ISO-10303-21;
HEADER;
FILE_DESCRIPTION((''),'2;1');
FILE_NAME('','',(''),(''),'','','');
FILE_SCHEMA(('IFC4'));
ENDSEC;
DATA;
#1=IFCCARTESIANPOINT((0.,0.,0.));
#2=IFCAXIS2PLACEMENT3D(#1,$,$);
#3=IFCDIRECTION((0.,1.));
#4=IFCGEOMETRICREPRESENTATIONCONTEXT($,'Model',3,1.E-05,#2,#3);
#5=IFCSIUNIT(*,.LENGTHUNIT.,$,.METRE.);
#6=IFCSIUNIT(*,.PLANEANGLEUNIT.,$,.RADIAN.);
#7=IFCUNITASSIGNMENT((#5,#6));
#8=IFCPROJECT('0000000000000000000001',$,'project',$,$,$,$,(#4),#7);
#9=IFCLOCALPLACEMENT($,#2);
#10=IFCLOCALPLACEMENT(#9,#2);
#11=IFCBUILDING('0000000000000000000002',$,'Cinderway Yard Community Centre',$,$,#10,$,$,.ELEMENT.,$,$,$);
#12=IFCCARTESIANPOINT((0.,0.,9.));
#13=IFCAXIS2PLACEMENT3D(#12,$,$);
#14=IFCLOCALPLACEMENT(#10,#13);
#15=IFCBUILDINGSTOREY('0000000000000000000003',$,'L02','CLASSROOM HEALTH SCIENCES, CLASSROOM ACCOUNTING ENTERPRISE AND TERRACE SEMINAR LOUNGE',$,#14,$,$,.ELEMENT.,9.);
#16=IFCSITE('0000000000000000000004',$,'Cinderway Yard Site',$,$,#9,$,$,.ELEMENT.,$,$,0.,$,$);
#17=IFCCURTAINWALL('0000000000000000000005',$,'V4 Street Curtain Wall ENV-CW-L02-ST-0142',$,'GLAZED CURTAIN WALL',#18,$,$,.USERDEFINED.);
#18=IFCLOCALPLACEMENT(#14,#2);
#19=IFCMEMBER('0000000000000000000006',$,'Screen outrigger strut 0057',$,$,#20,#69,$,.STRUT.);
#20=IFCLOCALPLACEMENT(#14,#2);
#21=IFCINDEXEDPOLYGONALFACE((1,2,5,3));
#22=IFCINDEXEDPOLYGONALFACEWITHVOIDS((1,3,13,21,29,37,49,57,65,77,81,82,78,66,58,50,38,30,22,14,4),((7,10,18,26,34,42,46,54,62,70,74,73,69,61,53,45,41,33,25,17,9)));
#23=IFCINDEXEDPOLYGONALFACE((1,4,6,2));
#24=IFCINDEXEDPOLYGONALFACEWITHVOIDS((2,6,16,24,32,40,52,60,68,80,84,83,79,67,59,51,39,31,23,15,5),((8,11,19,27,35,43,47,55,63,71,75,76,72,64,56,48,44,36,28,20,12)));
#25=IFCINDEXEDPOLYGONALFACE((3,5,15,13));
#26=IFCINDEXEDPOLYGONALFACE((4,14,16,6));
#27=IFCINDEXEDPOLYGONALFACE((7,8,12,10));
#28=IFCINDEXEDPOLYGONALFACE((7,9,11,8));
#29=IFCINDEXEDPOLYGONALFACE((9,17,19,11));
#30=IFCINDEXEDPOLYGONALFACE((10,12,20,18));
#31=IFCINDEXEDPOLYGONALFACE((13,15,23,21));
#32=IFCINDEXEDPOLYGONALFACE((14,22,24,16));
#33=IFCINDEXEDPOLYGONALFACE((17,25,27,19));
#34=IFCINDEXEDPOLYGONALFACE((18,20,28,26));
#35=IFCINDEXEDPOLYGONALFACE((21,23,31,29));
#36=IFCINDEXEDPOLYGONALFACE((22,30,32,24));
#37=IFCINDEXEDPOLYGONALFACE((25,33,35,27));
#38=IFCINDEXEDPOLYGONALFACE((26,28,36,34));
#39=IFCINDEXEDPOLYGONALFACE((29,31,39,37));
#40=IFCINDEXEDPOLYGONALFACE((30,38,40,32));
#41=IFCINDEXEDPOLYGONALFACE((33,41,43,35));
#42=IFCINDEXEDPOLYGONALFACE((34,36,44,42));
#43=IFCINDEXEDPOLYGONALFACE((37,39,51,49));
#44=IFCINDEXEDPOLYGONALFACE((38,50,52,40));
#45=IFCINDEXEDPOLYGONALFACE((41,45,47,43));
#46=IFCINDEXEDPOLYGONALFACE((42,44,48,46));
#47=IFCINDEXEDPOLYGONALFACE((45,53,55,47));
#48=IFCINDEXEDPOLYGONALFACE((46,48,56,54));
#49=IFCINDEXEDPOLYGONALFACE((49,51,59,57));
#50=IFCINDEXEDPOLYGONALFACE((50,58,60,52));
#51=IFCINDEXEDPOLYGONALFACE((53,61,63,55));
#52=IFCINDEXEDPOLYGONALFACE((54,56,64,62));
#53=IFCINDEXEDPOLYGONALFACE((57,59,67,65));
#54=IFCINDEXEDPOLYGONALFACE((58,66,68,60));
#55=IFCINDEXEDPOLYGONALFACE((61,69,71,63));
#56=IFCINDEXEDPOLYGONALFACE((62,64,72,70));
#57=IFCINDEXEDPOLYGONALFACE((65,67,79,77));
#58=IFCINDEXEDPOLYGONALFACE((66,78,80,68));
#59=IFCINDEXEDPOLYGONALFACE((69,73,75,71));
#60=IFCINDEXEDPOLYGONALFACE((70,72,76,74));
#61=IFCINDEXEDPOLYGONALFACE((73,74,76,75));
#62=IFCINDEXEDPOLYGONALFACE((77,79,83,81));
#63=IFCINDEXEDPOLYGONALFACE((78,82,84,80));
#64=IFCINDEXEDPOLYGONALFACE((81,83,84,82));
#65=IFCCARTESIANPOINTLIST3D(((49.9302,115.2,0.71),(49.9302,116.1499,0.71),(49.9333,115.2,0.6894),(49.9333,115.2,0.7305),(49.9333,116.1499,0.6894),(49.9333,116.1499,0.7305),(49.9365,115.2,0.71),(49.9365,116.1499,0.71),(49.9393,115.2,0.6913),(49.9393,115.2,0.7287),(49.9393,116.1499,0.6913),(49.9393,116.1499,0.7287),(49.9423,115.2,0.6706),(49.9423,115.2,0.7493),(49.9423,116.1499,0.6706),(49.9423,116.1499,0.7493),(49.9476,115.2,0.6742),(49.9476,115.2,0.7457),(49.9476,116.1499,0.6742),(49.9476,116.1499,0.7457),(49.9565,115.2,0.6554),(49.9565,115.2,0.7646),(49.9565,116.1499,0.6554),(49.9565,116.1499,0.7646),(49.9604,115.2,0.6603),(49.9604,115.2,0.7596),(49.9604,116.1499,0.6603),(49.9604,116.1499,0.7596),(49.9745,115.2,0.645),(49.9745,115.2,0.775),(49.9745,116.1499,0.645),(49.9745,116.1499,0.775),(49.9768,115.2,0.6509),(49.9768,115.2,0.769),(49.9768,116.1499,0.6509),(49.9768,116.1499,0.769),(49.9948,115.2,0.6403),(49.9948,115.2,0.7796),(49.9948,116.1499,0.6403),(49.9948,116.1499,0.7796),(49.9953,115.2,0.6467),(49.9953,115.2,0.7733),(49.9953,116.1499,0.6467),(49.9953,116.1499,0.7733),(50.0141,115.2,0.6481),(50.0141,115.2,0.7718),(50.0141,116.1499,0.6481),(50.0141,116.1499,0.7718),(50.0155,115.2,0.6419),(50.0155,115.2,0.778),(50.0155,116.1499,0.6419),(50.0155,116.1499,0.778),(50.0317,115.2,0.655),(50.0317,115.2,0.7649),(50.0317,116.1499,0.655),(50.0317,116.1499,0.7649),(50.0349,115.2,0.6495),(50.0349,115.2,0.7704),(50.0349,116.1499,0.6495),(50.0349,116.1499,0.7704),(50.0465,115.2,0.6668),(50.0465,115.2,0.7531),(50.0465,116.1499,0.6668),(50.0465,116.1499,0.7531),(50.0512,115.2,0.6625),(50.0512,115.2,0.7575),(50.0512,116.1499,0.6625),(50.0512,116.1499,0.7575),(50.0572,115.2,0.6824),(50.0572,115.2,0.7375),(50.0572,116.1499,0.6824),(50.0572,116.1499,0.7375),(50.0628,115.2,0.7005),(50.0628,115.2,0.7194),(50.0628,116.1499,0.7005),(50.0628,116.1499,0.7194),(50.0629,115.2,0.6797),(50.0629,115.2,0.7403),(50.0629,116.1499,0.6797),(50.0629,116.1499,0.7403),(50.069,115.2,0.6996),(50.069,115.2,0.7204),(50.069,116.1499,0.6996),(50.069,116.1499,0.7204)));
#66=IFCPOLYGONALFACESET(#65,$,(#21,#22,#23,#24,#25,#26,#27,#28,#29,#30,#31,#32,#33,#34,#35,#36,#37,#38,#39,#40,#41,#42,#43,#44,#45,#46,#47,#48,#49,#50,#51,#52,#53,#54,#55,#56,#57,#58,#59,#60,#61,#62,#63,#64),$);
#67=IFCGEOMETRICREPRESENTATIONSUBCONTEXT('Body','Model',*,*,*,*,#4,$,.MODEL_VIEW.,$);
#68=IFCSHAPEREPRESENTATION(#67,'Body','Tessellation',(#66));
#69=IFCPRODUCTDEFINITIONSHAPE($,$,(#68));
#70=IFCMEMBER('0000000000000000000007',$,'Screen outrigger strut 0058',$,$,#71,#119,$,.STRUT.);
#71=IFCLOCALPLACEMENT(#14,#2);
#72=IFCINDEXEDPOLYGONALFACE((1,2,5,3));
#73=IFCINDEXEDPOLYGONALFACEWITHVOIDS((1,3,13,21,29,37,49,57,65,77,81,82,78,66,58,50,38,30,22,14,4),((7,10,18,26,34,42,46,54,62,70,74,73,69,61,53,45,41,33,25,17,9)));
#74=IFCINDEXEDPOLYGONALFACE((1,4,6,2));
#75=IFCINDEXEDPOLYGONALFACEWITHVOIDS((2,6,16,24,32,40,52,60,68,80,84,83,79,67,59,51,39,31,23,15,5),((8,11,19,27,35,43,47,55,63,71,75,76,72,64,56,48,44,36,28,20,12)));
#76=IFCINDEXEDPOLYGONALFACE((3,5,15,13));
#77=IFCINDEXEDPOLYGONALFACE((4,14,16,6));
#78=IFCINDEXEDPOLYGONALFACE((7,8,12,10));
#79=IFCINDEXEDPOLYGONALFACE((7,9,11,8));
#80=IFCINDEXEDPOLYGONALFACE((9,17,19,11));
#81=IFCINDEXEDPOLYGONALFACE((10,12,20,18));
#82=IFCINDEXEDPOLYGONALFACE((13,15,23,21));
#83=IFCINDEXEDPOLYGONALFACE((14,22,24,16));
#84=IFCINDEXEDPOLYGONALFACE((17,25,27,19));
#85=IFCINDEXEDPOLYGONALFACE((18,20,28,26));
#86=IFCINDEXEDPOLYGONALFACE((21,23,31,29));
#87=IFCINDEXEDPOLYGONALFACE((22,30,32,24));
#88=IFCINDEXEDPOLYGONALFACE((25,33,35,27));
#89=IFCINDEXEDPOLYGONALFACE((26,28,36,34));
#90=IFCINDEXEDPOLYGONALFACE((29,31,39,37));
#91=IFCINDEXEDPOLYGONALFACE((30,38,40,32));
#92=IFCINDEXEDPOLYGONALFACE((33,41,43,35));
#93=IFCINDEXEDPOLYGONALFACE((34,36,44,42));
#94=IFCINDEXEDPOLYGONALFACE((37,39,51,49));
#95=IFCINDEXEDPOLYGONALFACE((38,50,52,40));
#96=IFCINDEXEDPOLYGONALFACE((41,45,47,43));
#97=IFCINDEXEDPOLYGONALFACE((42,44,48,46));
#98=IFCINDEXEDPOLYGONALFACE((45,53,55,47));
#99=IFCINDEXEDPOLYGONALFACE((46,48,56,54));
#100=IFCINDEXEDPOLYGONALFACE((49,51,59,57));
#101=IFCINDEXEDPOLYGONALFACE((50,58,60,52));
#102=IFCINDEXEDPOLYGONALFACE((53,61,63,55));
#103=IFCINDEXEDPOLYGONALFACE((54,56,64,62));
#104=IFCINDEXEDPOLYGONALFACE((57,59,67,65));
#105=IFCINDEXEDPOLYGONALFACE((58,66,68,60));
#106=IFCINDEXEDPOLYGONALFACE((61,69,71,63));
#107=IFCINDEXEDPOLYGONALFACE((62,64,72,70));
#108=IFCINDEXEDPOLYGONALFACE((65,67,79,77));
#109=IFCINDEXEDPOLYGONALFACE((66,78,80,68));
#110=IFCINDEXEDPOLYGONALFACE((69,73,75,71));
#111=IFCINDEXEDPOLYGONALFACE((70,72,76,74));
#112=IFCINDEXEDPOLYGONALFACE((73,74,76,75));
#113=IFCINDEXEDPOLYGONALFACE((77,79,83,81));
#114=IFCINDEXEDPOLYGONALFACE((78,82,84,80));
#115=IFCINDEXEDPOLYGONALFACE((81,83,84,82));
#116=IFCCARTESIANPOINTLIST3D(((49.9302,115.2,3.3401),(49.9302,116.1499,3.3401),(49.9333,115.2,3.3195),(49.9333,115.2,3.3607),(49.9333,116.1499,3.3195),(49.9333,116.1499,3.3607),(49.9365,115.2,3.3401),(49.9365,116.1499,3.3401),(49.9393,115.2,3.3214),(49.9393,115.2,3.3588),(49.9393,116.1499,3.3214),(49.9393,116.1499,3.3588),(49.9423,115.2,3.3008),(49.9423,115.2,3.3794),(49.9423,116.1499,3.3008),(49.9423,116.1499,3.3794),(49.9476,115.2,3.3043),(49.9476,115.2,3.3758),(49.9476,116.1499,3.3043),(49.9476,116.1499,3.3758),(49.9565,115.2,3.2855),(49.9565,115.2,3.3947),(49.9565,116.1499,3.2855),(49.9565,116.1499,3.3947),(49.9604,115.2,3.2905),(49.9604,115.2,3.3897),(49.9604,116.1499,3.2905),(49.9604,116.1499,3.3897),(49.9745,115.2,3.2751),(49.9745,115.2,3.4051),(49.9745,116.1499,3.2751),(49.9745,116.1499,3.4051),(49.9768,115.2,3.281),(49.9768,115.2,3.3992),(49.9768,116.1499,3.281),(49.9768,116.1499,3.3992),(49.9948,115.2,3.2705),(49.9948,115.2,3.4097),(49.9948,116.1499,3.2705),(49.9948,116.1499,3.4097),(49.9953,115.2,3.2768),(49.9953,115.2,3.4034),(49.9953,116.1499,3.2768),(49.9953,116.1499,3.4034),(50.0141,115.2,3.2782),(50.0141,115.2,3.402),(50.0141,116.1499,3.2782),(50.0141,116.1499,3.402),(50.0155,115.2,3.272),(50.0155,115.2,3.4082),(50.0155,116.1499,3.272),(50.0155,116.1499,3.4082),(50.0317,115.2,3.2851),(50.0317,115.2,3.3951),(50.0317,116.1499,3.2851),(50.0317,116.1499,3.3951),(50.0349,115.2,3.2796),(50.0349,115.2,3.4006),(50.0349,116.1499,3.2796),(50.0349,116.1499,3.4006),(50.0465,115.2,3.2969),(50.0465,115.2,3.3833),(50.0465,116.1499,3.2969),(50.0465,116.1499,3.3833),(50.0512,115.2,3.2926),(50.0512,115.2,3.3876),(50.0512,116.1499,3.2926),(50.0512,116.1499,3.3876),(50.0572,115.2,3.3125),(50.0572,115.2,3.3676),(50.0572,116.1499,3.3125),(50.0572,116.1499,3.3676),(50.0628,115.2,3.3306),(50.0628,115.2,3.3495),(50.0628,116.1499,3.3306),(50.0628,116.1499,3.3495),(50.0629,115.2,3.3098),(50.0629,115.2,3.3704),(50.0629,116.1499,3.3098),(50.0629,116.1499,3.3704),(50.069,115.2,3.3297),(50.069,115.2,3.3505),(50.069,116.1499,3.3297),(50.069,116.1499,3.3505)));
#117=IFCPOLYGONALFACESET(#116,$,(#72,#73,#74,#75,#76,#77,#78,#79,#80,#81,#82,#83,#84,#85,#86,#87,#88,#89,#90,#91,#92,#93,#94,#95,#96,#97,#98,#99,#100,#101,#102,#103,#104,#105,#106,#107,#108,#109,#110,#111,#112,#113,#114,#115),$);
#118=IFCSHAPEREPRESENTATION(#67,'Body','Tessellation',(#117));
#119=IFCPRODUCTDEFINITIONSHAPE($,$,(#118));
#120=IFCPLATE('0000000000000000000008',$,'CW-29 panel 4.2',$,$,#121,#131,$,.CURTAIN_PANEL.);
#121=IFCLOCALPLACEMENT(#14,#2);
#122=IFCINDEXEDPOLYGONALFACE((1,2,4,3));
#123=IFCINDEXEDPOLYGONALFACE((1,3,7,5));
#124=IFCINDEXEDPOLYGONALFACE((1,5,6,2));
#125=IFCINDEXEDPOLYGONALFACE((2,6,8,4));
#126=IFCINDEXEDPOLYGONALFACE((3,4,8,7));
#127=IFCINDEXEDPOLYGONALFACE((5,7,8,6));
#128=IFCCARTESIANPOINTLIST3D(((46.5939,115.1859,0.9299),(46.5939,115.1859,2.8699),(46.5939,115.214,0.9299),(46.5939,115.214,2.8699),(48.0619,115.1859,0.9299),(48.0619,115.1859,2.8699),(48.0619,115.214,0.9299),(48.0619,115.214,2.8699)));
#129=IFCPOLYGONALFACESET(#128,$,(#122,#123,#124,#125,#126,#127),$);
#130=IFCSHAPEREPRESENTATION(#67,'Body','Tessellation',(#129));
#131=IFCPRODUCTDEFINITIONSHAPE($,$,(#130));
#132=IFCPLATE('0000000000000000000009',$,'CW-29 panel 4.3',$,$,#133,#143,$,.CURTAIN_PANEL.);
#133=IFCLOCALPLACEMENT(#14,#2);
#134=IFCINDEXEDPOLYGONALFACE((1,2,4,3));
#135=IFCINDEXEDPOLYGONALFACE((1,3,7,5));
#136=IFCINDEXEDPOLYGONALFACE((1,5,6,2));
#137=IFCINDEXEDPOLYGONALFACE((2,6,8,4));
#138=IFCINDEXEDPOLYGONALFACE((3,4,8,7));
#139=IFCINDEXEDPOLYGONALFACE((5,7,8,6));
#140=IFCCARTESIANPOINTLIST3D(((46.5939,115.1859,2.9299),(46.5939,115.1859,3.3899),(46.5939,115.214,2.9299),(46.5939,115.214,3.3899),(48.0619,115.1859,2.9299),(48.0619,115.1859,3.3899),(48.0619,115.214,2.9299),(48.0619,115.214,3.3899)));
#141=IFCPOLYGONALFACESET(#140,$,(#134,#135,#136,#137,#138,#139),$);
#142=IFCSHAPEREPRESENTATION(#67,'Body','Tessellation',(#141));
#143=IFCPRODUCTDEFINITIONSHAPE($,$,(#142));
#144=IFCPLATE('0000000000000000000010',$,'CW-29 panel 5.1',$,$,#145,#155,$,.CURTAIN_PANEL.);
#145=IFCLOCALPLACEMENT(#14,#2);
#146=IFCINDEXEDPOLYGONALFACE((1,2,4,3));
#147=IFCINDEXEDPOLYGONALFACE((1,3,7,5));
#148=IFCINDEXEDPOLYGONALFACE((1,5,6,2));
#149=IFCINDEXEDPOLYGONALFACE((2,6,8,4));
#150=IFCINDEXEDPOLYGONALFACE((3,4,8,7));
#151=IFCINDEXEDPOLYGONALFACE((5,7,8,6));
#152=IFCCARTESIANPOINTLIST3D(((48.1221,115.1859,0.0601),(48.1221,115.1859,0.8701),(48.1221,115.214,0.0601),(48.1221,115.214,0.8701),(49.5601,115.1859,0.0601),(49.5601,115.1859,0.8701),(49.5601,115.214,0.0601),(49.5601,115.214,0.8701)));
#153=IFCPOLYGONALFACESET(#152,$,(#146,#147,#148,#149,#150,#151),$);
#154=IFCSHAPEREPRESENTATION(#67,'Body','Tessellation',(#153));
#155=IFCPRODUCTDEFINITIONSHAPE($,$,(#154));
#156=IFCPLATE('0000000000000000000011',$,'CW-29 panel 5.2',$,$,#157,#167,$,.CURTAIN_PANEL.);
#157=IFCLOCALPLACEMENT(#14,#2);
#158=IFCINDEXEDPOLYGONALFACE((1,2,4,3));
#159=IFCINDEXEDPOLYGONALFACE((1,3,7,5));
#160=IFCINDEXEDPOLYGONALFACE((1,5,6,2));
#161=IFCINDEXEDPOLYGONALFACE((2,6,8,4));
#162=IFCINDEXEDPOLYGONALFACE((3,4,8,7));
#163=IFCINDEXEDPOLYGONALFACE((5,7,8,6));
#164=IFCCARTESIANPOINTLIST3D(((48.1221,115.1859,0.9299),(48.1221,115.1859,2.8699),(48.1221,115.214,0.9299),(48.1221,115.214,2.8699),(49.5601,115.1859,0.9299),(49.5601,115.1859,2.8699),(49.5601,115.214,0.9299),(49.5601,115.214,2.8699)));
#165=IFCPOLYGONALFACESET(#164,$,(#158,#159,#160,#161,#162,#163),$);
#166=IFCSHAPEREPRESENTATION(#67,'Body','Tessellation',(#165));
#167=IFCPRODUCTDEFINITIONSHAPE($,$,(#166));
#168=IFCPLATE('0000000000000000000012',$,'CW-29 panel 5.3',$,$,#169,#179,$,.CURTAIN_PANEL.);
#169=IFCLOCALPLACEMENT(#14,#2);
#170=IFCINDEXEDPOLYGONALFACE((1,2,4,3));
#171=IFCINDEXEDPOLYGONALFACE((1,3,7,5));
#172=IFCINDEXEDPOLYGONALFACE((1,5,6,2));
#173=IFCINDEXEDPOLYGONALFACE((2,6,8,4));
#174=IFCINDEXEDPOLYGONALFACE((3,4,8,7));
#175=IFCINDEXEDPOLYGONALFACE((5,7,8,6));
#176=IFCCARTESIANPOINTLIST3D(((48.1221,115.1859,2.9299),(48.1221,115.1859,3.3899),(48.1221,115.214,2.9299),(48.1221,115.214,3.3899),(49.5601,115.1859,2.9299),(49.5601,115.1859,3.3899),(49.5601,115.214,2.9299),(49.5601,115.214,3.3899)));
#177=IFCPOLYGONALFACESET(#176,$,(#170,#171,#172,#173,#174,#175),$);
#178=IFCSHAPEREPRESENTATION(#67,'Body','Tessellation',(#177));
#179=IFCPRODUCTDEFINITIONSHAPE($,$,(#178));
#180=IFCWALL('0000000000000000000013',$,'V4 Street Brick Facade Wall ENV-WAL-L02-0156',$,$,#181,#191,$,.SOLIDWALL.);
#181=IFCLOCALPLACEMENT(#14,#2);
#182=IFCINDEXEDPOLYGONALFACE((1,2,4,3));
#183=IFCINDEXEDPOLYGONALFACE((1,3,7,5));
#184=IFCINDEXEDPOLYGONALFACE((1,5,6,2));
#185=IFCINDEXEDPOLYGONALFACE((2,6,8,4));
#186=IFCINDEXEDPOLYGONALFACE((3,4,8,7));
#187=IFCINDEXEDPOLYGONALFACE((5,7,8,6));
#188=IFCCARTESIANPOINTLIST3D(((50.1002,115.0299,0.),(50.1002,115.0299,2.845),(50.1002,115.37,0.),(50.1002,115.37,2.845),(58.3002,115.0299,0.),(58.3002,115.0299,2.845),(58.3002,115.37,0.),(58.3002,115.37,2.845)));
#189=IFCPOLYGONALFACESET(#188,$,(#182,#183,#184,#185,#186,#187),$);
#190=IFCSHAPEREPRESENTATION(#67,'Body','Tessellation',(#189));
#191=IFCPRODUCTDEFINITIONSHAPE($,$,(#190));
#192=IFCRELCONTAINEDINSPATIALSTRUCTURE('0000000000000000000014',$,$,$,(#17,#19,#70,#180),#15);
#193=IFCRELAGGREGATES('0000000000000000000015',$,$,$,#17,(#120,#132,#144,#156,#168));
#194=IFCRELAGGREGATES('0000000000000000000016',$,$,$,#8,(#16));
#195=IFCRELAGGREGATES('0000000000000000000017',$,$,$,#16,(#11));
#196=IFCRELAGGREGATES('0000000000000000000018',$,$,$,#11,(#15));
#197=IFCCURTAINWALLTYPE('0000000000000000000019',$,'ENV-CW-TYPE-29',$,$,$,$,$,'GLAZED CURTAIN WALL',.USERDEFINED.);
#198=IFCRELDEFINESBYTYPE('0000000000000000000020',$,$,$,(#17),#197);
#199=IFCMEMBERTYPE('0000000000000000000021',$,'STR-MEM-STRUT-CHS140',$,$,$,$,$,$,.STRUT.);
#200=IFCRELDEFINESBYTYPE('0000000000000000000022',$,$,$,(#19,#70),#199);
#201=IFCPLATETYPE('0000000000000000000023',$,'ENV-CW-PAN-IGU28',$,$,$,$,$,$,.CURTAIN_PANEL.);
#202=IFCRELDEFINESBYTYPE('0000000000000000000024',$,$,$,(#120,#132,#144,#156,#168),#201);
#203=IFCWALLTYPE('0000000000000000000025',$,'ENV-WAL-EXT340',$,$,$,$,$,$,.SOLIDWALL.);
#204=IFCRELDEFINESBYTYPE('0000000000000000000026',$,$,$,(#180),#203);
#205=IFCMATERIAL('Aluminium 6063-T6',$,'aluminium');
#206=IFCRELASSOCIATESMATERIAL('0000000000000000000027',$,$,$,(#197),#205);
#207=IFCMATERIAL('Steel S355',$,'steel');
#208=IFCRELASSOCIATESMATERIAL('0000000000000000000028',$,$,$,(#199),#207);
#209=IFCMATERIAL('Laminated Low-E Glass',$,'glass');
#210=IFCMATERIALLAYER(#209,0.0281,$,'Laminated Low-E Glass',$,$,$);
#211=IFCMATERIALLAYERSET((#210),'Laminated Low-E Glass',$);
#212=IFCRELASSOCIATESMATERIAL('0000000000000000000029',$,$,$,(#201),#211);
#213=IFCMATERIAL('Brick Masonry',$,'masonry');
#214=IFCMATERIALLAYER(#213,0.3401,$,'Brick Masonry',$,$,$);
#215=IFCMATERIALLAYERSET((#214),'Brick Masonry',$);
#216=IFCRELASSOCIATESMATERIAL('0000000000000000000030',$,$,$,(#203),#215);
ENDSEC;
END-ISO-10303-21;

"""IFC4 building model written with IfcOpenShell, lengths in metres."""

from ifc_helpers import new_model, si_unit, direction, frame, frame_2d, origin, origin_2d, place, context, subcontext, project, spatial, rectangle, hollow_circle, extrude, material, layer, layer_set, material_profile, profile_set, type_object, element, aggregate, save


model = new_model("IFC4")

# Units and contexts
model_context = context("Model", 3, precision=1e-05, world=origin(), true_north=direction((0.0, 1.0)))
body_context = subcontext(model_context, "Body", "Model", "MODEL_VIEW")
ifc_project = project(units=[si_unit("LENGTHUNIT", "METRE"), si_unit("PLANEANGLEUNIT", "RADIAN")], contexts=[model_context])

# Site, building, storey
site_placement = place(None, origin())
site = spatial("IfcSite", under=ifc_project, at=site_placement, Name="Cinderway Yard Site", CompositionType="ELEMENT", RefElevation=0.0)
building_placement = place(site_placement, origin())
building = spatial("IfcBuilding", under=site, at=building_placement, Name="Cinderway Yard Community Centre", CompositionType="ELEMENT")
storey_placement = place(building_placement, frame((0.0, 0.0, 9.0)))
storey = spatial("IfcBuildingStorey", under=building, at=storey_placement, Name="L02", Description="CLASSROOM HEALTH SCIENCES, CLASSROOM ACCOUNTING ENTERPRISE AND TERRACE SEMINAR LOUNGE", CompositionType="ELEMENT", Elevation=9.0)

# Curtain wall
ifc_material_1 = material(Name="Aluminium 6063-T6", Category="aluminium")
curtain_wall_type = type_object("IfcCurtainWallType", Name="ENV-CW-TYPE-29", ElementType="GLAZED CURTAIN WALL", PredefinedType="USERDEFINED", material=ifc_material_1)
curtain_wall_placement = place(storey_placement, origin())
curtain_wall = element("IfcCurtainWall", 1, at=curtain_wall_placement, inside=storey, type_object=curtain_wall_type, Name="V4 Street Curtain Wall ENV-CW-L02-ST-0142", ObjectType="GLAZED CURTAIN WALL", PredefinedType="USERDEFINED")

# Shared definitions
ifc_material_2 = material(Name="Steel S355", Category="steel")

# Members
ifc_material_profile_1 = material_profile(ifc_material_2, hollow_circle(Radius=0.0698, WallThickness=0.0063, at=origin_2d()), Name="Steel S355")
ifc_profile_set_1 = profile_set([ifc_material_profile_1], Name="Steel S355")
member_type_1 = type_object("IfcMemberType", Name="STR-MEM-STRUT-CHS140", PredefinedType="STRUT", material=ifc_profile_set_1)
for number, where, z_axis, x_axis, name in (
    (2, (50.0, 115.2, 0.71), (0.0, 1.0, 0.0), (-1.0, 0.0, 0.0), "Screen outrigger strut 0057"),
    (3, (50.0, 115.2, 3.3401), (0.0, 1.0, 0.0), (-1.0, 0.0, 0.0), "Screen outrigger strut 0058"),
):
    element("IfcMember", number, at=place(storey_placement, frame(where, z_axis=z_axis, x_axis=x_axis)), inside=storey, type_object=member_type_1, Name=name, PredefinedType="STRUT", context=body_context, shape_type="SweptSolid", body=[
        extrude(hollow_circle(Radius=0.0698, WallThickness=0.0063, at=origin_2d()), origin(), (0.0, 0.0, 1.0), 0.95),
    ])

# Plates
ifc_material_3 = material(Name="Laminated Low-E Glass", Category="glass")
ifc_layer_1 = layer(ifc_material_3, 0.0281, Name="Laminated Low-E Glass")
ifc_layer_set_1 = layer_set([ifc_layer_1], Name="Laminated Low-E Glass")
plate_type = type_object("IfcPlateType", Name="ENV-CW-PAN-IGU28", PredefinedType="CURTAIN_PANEL", material=ifc_layer_set_1)
plate_1_placement = place(storey_placement, frame((47.3279, 115.2, 0.9299), z_axis=(0.0, 0.0, 1.0), x_axis=(1.0, 0.0, 0.0)))
plate_1 = element("IfcPlate", 4, at=plate_1_placement, type_object=plate_type, Name="CW-29 panel 4.2", PredefinedType="CURTAIN_PANEL", context=body_context, shape_type="SweptSolid", body=[
    extrude(rectangle(XDim=1.468, YDim=0.0281, at=origin_2d()), origin(), (0.0, 0.0, 1.0), 1.9399),
])
plate_2_placement = place(storey_placement, frame((47.3279, 115.2, 2.9299), z_axis=(0.0, 0.0, 1.0), x_axis=(1.0, 0.0, 0.0)))
plate_2 = element("IfcPlate", 5, at=plate_2_placement, type_object=plate_type, Name="CW-29 panel 4.3", PredefinedType="CURTAIN_PANEL", context=body_context, shape_type="SweptSolid", body=[
    extrude(rectangle(XDim=1.468, YDim=0.0281, at=origin_2d()), origin(), (0.0, 0.0, 1.0), 0.46),
])
plate_3_placement = place(storey_placement, frame((48.8411, 115.2, 0.0601), z_axis=(0.0, 0.0, 1.0), x_axis=(1.0, 0.0, 0.0)))
plate_3 = element("IfcPlate", 6, at=plate_3_placement, type_object=plate_type, Name="CW-29 panel 5.1", PredefinedType="CURTAIN_PANEL", context=body_context, shape_type="SweptSolid", body=[
    extrude(rectangle(XDim=1.438, YDim=0.0281, at=origin_2d()), origin(), (0.0, 0.0, 1.0), 0.8101),
])
plate_4_placement = place(storey_placement, frame((48.8411, 115.2, 0.9299), z_axis=(0.0, 0.0, 1.0), x_axis=(1.0, 0.0, 0.0)))
plate_4 = element("IfcPlate", 7, at=plate_4_placement, type_object=plate_type, Name="CW-29 panel 5.2", PredefinedType="CURTAIN_PANEL", context=body_context, shape_type="SweptSolid", body=[
    extrude(rectangle(XDim=1.438, YDim=0.0281, at=origin_2d()), origin(), (0.0, 0.0, 1.0), 1.9399),
])
plate_5_placement = place(storey_placement, frame((48.8411, 115.2, 2.9299), z_axis=(0.0, 0.0, 1.0), x_axis=(1.0, 0.0, 0.0)))
plate_5 = element("IfcPlate", 8, at=plate_5_placement, type_object=plate_type, Name="CW-29 panel 5.3", PredefinedType="CURTAIN_PANEL", context=body_context, shape_type="SweptSolid", body=[
    extrude(rectangle(XDim=1.438, YDim=0.0281, at=origin_2d()), origin(), (0.0, 0.0, 1.0), 0.46),
])
aggregate(curtain_wall, [plate_1, plate_2, plate_3, plate_4, plate_5])

# Wall
ifc_material_4 = material(Name="Brick Masonry", Category="masonry")
ifc_layer_2 = layer(ifc_material_4, 0.3401, Name="Brick Masonry")
ifc_layer_set_2 = layer_set([ifc_layer_2], Name="Brick Masonry")
wall_type = type_object("IfcWallType", Name="ENV-WAL-EXT340", PredefinedType="SOLIDWALL", material=ifc_layer_set_2)
wall_placement = place(storey_placement, frame((50.1001, 115.2, 0.0), z_axis=(0.0, 0.0, 1.0), x_axis=(1.0, 0.0, 0.0)))
element("IfcWall", 9, at=wall_placement, inside=storey, type_object=wall_type, Name="V4 Street Brick Facade Wall ENV-WAL-L02-0156", PredefinedType="SOLIDWALL", context=body_context, shape_type="SweptSolid", body=[
    extrude(rectangle(XDim=8.2, YDim=0.3401, at=frame_2d((4.1001, 0.0))), origin(), (0.0, 0.0, 1.0), 2.845),
])

save(model, "model.ifc")
